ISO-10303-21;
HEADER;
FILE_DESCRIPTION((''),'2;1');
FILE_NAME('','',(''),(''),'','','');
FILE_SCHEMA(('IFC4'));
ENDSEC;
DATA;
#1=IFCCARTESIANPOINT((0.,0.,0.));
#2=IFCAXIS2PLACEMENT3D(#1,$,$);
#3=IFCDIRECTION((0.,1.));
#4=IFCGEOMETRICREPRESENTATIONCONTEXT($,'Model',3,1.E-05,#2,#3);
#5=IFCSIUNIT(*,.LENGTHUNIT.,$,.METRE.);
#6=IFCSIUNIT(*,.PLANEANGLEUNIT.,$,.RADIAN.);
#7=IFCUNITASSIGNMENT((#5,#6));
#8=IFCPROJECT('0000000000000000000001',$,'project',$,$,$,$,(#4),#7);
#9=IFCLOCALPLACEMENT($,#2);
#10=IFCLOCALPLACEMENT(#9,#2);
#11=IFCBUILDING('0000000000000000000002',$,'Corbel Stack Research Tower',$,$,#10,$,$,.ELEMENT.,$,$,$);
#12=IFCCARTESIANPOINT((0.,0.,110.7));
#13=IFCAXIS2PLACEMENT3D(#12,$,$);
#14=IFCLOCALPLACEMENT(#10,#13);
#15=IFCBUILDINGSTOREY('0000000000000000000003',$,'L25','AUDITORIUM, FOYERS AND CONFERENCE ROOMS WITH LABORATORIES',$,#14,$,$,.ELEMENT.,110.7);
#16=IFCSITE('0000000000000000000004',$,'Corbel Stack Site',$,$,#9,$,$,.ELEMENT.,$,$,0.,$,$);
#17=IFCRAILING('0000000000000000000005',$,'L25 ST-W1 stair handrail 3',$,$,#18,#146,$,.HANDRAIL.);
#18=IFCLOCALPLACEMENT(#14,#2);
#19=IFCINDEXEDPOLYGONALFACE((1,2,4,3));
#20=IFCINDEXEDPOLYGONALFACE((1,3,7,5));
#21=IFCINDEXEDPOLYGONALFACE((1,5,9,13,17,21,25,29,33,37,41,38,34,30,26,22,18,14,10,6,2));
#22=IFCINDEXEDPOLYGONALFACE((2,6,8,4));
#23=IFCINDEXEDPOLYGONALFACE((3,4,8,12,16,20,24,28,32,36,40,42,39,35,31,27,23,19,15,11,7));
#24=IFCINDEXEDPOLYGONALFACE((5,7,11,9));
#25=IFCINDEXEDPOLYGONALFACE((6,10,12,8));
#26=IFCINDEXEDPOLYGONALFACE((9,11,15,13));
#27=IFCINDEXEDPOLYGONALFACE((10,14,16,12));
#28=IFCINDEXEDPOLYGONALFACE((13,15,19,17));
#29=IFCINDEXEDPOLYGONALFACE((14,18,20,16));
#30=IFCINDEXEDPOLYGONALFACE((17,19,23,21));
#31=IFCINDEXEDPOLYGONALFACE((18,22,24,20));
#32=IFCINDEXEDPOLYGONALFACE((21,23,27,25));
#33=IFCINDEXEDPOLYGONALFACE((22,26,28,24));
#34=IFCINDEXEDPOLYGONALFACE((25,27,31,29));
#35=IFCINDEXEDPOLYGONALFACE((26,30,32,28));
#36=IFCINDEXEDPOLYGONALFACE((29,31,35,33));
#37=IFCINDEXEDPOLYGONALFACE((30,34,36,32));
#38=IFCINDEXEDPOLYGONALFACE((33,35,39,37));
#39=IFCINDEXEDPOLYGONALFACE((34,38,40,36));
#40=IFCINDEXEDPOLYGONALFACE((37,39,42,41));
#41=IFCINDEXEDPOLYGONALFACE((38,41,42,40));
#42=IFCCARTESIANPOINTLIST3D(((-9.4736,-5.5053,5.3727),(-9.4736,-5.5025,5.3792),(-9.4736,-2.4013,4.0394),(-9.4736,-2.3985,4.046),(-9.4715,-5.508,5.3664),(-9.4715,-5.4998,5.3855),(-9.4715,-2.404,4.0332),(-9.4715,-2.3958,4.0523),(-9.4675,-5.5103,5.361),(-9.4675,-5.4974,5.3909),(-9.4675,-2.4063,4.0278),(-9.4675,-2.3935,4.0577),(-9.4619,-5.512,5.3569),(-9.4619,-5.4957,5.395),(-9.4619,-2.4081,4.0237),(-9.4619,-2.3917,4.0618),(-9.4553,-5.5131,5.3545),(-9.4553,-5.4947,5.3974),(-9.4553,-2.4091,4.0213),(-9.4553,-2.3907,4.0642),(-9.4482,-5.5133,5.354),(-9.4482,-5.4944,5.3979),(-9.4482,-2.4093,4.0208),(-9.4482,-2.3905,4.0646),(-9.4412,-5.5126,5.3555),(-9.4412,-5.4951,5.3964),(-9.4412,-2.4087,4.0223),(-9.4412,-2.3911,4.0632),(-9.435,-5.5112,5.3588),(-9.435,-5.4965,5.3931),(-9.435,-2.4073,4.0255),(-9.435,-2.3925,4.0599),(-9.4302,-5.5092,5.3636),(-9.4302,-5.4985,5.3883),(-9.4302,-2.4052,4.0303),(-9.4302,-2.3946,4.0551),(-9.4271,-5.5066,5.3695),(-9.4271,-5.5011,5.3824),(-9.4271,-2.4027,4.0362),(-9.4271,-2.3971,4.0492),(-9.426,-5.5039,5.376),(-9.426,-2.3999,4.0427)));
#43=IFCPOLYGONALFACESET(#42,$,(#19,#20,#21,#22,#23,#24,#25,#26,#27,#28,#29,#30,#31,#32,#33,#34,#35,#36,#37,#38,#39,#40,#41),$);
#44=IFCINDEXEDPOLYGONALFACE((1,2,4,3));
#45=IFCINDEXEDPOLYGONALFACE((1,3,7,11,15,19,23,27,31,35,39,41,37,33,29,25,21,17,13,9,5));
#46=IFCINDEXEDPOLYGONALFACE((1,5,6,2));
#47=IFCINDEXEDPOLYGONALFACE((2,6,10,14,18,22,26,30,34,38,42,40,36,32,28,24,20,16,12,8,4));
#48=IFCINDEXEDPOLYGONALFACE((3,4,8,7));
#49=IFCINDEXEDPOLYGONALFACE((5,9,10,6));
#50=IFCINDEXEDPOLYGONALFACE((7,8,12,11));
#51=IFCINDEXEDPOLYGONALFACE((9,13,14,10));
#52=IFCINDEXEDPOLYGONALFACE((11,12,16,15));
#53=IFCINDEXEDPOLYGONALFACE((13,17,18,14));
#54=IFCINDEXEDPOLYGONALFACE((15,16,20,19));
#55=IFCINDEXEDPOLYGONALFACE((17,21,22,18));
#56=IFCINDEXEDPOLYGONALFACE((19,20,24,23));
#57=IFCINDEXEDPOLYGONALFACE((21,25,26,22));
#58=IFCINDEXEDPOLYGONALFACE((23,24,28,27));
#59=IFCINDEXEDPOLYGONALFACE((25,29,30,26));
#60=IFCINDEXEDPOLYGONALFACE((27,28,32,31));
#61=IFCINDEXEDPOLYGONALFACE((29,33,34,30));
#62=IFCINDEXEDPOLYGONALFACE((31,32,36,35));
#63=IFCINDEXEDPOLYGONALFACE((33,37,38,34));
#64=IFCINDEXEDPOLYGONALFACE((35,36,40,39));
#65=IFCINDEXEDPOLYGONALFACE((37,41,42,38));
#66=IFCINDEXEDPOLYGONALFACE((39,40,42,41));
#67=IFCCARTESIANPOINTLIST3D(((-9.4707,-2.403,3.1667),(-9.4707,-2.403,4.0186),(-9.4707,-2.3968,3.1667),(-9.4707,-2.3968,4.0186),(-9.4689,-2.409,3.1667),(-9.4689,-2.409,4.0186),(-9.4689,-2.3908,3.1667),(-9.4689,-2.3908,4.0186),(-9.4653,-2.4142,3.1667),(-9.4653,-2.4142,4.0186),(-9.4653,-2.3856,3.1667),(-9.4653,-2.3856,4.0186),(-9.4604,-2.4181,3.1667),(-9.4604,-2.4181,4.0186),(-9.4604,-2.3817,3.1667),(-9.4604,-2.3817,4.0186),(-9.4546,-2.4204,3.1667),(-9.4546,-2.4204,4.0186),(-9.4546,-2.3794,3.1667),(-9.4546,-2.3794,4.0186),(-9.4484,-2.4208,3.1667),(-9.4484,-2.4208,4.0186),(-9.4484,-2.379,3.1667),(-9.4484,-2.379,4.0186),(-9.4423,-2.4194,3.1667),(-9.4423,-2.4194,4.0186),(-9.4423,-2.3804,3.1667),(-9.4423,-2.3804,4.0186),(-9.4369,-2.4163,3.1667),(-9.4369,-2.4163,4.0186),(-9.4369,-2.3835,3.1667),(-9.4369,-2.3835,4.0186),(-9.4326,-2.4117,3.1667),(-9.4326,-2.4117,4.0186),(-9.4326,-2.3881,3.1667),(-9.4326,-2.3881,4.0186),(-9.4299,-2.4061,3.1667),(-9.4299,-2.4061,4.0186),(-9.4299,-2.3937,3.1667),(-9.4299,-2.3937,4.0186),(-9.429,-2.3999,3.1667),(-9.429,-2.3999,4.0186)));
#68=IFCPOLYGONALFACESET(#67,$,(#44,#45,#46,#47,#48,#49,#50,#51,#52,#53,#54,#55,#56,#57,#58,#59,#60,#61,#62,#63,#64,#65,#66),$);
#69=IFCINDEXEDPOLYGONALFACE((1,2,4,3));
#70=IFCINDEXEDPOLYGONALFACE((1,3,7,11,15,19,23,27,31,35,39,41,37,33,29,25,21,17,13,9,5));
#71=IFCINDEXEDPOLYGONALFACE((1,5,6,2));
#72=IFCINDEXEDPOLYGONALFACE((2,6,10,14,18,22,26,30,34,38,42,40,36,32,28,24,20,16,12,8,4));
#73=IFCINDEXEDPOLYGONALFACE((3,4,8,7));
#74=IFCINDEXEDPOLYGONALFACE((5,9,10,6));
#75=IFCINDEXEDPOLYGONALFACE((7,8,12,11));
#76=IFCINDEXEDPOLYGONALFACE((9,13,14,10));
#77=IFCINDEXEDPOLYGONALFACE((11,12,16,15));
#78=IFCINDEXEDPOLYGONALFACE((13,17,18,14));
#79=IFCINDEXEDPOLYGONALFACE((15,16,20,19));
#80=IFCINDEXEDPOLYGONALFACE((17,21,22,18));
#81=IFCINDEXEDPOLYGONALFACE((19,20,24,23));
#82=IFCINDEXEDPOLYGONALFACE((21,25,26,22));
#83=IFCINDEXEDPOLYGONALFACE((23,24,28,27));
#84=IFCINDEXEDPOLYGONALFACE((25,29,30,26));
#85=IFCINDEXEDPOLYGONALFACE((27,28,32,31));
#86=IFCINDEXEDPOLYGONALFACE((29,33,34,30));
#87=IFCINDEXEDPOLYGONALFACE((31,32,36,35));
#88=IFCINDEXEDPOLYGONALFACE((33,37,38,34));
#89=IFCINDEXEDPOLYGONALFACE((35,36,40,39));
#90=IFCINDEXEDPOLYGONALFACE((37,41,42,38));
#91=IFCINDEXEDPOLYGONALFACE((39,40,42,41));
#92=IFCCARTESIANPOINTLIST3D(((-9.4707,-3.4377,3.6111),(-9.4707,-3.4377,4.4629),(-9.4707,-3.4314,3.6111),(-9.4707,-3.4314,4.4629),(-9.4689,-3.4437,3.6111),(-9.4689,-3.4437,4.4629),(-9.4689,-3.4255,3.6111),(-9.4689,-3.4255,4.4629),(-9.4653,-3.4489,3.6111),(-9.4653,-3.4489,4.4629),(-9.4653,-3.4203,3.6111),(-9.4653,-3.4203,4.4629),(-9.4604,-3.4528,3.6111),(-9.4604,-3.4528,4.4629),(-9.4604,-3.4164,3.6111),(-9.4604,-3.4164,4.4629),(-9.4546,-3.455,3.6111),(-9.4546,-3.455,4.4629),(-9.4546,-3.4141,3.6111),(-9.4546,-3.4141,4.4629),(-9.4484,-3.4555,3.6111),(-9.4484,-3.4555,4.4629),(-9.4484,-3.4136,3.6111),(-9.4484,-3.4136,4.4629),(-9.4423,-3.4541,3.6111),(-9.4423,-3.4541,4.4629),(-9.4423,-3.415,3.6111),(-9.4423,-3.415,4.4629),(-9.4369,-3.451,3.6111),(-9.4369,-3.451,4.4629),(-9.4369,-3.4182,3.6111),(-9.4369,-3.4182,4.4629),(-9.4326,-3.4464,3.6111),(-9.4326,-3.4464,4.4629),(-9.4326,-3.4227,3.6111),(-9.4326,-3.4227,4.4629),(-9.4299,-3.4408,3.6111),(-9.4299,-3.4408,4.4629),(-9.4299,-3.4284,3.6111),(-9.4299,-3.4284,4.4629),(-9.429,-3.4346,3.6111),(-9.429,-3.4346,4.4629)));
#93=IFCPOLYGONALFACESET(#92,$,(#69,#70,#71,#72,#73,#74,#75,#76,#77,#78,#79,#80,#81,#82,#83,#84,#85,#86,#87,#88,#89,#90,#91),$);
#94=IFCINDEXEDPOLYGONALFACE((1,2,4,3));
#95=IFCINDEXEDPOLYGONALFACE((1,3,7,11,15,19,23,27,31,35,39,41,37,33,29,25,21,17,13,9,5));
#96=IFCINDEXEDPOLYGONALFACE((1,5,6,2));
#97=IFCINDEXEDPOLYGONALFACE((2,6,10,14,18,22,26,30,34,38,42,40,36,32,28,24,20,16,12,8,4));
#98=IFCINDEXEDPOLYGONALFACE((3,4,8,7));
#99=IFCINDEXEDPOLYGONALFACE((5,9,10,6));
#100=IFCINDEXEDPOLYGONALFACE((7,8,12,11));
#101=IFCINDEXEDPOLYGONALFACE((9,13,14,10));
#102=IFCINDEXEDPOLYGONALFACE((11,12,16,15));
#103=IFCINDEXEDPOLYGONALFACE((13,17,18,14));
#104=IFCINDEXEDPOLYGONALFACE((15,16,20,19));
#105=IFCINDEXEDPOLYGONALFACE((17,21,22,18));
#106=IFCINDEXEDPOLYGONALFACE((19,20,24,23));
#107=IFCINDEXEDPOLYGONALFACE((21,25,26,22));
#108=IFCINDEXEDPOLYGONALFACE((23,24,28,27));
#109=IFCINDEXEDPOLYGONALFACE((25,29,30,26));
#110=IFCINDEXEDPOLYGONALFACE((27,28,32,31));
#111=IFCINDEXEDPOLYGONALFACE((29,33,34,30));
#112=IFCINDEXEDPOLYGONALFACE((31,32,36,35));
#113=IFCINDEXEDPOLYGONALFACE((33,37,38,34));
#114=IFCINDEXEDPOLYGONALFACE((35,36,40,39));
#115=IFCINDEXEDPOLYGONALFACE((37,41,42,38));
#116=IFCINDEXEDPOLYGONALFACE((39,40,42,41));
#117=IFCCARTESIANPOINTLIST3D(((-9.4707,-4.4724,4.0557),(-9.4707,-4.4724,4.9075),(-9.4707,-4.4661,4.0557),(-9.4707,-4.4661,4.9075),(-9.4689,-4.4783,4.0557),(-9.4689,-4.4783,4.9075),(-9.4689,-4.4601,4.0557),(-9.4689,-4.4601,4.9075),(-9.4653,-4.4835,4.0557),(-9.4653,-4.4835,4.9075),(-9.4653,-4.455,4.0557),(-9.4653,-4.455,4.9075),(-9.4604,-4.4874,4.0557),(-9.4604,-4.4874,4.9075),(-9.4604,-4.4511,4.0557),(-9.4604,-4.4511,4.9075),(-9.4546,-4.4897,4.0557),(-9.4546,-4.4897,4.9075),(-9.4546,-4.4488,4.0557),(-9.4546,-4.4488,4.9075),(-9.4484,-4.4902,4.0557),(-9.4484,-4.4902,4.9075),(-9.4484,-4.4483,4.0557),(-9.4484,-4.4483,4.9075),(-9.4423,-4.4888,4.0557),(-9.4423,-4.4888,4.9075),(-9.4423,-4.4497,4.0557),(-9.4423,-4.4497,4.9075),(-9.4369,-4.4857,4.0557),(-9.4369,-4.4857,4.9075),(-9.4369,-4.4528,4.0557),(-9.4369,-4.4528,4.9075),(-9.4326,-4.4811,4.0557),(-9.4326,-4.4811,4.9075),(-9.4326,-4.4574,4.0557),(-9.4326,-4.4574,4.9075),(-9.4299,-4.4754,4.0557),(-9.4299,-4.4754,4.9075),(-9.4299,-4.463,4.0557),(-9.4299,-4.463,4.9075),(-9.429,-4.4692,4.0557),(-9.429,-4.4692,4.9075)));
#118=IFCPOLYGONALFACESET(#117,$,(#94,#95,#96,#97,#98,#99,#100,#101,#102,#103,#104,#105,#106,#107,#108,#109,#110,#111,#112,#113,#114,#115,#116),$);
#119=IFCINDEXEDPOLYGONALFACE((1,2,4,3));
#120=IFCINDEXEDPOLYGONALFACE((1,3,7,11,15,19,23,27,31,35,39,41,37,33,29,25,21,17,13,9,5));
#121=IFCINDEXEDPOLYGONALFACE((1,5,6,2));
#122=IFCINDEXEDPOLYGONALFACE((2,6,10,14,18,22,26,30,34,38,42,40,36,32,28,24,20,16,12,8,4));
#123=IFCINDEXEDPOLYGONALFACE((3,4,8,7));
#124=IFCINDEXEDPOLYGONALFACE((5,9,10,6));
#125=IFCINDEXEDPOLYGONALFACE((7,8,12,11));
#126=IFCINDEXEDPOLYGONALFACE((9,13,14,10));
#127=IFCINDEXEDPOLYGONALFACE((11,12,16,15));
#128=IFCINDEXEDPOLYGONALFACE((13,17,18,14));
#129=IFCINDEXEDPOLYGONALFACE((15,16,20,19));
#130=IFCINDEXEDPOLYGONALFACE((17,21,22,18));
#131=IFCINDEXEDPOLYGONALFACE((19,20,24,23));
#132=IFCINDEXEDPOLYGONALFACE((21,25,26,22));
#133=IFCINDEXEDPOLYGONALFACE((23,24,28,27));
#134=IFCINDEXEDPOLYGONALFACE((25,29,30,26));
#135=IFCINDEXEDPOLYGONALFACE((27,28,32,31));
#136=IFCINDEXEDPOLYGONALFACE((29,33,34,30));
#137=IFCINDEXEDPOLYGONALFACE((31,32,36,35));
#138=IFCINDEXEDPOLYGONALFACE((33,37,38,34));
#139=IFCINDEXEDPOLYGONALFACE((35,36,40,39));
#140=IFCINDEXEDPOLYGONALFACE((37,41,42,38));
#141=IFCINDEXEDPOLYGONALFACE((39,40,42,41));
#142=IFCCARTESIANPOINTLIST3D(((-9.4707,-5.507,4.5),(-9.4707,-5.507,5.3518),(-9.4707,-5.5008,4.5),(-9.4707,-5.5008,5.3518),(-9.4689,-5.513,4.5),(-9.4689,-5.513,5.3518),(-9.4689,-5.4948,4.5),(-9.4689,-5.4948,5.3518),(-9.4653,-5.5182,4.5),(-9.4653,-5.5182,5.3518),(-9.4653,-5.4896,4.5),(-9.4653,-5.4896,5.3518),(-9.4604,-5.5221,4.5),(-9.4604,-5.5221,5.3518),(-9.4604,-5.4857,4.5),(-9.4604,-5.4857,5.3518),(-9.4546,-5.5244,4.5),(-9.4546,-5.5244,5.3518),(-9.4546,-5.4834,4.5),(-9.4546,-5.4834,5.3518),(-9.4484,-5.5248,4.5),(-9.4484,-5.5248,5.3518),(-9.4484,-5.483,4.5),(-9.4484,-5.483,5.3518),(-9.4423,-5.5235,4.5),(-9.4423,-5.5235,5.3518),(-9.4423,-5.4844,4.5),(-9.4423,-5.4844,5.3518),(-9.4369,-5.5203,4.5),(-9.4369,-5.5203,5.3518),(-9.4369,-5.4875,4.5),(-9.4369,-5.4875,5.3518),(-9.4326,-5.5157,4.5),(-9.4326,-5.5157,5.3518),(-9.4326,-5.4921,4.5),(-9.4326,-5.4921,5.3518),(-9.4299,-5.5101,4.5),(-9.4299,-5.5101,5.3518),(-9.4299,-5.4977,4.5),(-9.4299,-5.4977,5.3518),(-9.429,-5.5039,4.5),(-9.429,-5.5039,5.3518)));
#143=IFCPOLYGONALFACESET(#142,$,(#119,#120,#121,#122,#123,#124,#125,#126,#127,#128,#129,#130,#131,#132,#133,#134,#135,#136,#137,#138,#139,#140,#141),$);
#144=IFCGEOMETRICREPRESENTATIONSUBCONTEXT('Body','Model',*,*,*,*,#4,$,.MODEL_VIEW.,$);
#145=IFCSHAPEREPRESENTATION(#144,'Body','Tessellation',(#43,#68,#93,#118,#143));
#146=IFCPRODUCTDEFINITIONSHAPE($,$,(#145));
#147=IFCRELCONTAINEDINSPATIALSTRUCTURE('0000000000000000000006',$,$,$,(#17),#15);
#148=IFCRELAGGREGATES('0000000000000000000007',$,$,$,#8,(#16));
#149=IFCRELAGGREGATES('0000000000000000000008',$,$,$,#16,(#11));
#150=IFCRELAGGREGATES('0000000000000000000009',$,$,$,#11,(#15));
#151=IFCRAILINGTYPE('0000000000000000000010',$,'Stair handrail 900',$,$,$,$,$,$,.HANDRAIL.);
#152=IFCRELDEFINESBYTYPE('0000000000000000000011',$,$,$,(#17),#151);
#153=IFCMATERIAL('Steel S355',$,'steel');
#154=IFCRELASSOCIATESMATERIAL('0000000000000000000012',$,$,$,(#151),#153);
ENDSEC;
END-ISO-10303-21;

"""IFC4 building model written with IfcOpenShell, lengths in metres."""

from ifc_helpers import new_model, si_unit, direction, frame, origin, origin_2d, place, context, subcontext, project, spatial, circle, extrude, material, type_object, element, save


model = new_model("IFC4")

# Units and contexts
model_context = context("Model", 3, precision=1e-05, world=origin(), true_north=direction((0.0, 1.0)))
body_context = subcontext(model_context, "Body", "Model", "MODEL_VIEW")
ifc_project = project(units=[si_unit("LENGTHUNIT", "METRE"), si_unit("PLANEANGLEUNIT", "RADIAN")], contexts=[model_context])

# Site, building, storey
site_placement = place(None, origin())
site = spatial("IfcSite", under=ifc_project, at=site_placement, Name="Corbel Stack Site", CompositionType="ELEMENT", RefElevation=0.0)
building_placement = place(site_placement, origin())
building = spatial("IfcBuilding", under=site, at=building_placement, Name="Corbel Stack Research Tower", CompositionType="ELEMENT")
storey_placement = place(building_placement, frame((0.0, 0.0, 110.7)))
storey = spatial("IfcBuildingStorey", under=building, at=storey_placement, Name="L25", Description="AUDITORIUM, FOYERS AND CONFERENCE ROOMS WITH LABORATORIES", CompositionType="ELEMENT", Elevation=110.7)

# Railing
ifc_material_1 = material(Name="Steel S355", Category="steel")
railing_type_1 = type_object("IfcRailingType", Name="Stair handrail 900", PredefinedType="HANDRAIL", material=ifc_material_1)
for number, where, name in (
    (1, (-9.45, -2.3999, 3.1667), "L25 ST-W1 stair handrail 3"),
):
    element("IfcRailing", number, at=place(storey_placement, frame(where)), inside=storey, type_object=railing_type_1, Name=name, PredefinedType="HANDRAIL", context=body_context, shape_type="SweptSolid", body=[
        extrude(circle(Radius=0.0239, at=origin_2d()), frame((0.0, 0.0, 0.876), z_axis=(0.0, -0.918827, 0.394661), x_axis=(1.0, 0.0, 0.0)), (0.0, 0.0, 1.0), 3.3782),
        extrude(circle(Radius=0.021, at=origin_2d()), origin(), (0.0, 0.0, 1.0), 0.8518),
        extrude(circle(Radius=0.021, at=origin_2d()), frame((0.0, -1.0347, 0.4443)), (0.0, 0.0, 1.0), 0.8518),
        extrude(circle(Radius=0.021, at=origin_2d()), frame((0.0, -2.0693, 0.8889)), (0.0, 0.0, 1.0), 0.8518),
        extrude(circle(Radius=0.021, at=origin_2d()), frame((0.0, -3.104, 1.3333)), (0.0, 0.0, 1.0), 0.8518),
    ])

save(model, "model.ifc")
